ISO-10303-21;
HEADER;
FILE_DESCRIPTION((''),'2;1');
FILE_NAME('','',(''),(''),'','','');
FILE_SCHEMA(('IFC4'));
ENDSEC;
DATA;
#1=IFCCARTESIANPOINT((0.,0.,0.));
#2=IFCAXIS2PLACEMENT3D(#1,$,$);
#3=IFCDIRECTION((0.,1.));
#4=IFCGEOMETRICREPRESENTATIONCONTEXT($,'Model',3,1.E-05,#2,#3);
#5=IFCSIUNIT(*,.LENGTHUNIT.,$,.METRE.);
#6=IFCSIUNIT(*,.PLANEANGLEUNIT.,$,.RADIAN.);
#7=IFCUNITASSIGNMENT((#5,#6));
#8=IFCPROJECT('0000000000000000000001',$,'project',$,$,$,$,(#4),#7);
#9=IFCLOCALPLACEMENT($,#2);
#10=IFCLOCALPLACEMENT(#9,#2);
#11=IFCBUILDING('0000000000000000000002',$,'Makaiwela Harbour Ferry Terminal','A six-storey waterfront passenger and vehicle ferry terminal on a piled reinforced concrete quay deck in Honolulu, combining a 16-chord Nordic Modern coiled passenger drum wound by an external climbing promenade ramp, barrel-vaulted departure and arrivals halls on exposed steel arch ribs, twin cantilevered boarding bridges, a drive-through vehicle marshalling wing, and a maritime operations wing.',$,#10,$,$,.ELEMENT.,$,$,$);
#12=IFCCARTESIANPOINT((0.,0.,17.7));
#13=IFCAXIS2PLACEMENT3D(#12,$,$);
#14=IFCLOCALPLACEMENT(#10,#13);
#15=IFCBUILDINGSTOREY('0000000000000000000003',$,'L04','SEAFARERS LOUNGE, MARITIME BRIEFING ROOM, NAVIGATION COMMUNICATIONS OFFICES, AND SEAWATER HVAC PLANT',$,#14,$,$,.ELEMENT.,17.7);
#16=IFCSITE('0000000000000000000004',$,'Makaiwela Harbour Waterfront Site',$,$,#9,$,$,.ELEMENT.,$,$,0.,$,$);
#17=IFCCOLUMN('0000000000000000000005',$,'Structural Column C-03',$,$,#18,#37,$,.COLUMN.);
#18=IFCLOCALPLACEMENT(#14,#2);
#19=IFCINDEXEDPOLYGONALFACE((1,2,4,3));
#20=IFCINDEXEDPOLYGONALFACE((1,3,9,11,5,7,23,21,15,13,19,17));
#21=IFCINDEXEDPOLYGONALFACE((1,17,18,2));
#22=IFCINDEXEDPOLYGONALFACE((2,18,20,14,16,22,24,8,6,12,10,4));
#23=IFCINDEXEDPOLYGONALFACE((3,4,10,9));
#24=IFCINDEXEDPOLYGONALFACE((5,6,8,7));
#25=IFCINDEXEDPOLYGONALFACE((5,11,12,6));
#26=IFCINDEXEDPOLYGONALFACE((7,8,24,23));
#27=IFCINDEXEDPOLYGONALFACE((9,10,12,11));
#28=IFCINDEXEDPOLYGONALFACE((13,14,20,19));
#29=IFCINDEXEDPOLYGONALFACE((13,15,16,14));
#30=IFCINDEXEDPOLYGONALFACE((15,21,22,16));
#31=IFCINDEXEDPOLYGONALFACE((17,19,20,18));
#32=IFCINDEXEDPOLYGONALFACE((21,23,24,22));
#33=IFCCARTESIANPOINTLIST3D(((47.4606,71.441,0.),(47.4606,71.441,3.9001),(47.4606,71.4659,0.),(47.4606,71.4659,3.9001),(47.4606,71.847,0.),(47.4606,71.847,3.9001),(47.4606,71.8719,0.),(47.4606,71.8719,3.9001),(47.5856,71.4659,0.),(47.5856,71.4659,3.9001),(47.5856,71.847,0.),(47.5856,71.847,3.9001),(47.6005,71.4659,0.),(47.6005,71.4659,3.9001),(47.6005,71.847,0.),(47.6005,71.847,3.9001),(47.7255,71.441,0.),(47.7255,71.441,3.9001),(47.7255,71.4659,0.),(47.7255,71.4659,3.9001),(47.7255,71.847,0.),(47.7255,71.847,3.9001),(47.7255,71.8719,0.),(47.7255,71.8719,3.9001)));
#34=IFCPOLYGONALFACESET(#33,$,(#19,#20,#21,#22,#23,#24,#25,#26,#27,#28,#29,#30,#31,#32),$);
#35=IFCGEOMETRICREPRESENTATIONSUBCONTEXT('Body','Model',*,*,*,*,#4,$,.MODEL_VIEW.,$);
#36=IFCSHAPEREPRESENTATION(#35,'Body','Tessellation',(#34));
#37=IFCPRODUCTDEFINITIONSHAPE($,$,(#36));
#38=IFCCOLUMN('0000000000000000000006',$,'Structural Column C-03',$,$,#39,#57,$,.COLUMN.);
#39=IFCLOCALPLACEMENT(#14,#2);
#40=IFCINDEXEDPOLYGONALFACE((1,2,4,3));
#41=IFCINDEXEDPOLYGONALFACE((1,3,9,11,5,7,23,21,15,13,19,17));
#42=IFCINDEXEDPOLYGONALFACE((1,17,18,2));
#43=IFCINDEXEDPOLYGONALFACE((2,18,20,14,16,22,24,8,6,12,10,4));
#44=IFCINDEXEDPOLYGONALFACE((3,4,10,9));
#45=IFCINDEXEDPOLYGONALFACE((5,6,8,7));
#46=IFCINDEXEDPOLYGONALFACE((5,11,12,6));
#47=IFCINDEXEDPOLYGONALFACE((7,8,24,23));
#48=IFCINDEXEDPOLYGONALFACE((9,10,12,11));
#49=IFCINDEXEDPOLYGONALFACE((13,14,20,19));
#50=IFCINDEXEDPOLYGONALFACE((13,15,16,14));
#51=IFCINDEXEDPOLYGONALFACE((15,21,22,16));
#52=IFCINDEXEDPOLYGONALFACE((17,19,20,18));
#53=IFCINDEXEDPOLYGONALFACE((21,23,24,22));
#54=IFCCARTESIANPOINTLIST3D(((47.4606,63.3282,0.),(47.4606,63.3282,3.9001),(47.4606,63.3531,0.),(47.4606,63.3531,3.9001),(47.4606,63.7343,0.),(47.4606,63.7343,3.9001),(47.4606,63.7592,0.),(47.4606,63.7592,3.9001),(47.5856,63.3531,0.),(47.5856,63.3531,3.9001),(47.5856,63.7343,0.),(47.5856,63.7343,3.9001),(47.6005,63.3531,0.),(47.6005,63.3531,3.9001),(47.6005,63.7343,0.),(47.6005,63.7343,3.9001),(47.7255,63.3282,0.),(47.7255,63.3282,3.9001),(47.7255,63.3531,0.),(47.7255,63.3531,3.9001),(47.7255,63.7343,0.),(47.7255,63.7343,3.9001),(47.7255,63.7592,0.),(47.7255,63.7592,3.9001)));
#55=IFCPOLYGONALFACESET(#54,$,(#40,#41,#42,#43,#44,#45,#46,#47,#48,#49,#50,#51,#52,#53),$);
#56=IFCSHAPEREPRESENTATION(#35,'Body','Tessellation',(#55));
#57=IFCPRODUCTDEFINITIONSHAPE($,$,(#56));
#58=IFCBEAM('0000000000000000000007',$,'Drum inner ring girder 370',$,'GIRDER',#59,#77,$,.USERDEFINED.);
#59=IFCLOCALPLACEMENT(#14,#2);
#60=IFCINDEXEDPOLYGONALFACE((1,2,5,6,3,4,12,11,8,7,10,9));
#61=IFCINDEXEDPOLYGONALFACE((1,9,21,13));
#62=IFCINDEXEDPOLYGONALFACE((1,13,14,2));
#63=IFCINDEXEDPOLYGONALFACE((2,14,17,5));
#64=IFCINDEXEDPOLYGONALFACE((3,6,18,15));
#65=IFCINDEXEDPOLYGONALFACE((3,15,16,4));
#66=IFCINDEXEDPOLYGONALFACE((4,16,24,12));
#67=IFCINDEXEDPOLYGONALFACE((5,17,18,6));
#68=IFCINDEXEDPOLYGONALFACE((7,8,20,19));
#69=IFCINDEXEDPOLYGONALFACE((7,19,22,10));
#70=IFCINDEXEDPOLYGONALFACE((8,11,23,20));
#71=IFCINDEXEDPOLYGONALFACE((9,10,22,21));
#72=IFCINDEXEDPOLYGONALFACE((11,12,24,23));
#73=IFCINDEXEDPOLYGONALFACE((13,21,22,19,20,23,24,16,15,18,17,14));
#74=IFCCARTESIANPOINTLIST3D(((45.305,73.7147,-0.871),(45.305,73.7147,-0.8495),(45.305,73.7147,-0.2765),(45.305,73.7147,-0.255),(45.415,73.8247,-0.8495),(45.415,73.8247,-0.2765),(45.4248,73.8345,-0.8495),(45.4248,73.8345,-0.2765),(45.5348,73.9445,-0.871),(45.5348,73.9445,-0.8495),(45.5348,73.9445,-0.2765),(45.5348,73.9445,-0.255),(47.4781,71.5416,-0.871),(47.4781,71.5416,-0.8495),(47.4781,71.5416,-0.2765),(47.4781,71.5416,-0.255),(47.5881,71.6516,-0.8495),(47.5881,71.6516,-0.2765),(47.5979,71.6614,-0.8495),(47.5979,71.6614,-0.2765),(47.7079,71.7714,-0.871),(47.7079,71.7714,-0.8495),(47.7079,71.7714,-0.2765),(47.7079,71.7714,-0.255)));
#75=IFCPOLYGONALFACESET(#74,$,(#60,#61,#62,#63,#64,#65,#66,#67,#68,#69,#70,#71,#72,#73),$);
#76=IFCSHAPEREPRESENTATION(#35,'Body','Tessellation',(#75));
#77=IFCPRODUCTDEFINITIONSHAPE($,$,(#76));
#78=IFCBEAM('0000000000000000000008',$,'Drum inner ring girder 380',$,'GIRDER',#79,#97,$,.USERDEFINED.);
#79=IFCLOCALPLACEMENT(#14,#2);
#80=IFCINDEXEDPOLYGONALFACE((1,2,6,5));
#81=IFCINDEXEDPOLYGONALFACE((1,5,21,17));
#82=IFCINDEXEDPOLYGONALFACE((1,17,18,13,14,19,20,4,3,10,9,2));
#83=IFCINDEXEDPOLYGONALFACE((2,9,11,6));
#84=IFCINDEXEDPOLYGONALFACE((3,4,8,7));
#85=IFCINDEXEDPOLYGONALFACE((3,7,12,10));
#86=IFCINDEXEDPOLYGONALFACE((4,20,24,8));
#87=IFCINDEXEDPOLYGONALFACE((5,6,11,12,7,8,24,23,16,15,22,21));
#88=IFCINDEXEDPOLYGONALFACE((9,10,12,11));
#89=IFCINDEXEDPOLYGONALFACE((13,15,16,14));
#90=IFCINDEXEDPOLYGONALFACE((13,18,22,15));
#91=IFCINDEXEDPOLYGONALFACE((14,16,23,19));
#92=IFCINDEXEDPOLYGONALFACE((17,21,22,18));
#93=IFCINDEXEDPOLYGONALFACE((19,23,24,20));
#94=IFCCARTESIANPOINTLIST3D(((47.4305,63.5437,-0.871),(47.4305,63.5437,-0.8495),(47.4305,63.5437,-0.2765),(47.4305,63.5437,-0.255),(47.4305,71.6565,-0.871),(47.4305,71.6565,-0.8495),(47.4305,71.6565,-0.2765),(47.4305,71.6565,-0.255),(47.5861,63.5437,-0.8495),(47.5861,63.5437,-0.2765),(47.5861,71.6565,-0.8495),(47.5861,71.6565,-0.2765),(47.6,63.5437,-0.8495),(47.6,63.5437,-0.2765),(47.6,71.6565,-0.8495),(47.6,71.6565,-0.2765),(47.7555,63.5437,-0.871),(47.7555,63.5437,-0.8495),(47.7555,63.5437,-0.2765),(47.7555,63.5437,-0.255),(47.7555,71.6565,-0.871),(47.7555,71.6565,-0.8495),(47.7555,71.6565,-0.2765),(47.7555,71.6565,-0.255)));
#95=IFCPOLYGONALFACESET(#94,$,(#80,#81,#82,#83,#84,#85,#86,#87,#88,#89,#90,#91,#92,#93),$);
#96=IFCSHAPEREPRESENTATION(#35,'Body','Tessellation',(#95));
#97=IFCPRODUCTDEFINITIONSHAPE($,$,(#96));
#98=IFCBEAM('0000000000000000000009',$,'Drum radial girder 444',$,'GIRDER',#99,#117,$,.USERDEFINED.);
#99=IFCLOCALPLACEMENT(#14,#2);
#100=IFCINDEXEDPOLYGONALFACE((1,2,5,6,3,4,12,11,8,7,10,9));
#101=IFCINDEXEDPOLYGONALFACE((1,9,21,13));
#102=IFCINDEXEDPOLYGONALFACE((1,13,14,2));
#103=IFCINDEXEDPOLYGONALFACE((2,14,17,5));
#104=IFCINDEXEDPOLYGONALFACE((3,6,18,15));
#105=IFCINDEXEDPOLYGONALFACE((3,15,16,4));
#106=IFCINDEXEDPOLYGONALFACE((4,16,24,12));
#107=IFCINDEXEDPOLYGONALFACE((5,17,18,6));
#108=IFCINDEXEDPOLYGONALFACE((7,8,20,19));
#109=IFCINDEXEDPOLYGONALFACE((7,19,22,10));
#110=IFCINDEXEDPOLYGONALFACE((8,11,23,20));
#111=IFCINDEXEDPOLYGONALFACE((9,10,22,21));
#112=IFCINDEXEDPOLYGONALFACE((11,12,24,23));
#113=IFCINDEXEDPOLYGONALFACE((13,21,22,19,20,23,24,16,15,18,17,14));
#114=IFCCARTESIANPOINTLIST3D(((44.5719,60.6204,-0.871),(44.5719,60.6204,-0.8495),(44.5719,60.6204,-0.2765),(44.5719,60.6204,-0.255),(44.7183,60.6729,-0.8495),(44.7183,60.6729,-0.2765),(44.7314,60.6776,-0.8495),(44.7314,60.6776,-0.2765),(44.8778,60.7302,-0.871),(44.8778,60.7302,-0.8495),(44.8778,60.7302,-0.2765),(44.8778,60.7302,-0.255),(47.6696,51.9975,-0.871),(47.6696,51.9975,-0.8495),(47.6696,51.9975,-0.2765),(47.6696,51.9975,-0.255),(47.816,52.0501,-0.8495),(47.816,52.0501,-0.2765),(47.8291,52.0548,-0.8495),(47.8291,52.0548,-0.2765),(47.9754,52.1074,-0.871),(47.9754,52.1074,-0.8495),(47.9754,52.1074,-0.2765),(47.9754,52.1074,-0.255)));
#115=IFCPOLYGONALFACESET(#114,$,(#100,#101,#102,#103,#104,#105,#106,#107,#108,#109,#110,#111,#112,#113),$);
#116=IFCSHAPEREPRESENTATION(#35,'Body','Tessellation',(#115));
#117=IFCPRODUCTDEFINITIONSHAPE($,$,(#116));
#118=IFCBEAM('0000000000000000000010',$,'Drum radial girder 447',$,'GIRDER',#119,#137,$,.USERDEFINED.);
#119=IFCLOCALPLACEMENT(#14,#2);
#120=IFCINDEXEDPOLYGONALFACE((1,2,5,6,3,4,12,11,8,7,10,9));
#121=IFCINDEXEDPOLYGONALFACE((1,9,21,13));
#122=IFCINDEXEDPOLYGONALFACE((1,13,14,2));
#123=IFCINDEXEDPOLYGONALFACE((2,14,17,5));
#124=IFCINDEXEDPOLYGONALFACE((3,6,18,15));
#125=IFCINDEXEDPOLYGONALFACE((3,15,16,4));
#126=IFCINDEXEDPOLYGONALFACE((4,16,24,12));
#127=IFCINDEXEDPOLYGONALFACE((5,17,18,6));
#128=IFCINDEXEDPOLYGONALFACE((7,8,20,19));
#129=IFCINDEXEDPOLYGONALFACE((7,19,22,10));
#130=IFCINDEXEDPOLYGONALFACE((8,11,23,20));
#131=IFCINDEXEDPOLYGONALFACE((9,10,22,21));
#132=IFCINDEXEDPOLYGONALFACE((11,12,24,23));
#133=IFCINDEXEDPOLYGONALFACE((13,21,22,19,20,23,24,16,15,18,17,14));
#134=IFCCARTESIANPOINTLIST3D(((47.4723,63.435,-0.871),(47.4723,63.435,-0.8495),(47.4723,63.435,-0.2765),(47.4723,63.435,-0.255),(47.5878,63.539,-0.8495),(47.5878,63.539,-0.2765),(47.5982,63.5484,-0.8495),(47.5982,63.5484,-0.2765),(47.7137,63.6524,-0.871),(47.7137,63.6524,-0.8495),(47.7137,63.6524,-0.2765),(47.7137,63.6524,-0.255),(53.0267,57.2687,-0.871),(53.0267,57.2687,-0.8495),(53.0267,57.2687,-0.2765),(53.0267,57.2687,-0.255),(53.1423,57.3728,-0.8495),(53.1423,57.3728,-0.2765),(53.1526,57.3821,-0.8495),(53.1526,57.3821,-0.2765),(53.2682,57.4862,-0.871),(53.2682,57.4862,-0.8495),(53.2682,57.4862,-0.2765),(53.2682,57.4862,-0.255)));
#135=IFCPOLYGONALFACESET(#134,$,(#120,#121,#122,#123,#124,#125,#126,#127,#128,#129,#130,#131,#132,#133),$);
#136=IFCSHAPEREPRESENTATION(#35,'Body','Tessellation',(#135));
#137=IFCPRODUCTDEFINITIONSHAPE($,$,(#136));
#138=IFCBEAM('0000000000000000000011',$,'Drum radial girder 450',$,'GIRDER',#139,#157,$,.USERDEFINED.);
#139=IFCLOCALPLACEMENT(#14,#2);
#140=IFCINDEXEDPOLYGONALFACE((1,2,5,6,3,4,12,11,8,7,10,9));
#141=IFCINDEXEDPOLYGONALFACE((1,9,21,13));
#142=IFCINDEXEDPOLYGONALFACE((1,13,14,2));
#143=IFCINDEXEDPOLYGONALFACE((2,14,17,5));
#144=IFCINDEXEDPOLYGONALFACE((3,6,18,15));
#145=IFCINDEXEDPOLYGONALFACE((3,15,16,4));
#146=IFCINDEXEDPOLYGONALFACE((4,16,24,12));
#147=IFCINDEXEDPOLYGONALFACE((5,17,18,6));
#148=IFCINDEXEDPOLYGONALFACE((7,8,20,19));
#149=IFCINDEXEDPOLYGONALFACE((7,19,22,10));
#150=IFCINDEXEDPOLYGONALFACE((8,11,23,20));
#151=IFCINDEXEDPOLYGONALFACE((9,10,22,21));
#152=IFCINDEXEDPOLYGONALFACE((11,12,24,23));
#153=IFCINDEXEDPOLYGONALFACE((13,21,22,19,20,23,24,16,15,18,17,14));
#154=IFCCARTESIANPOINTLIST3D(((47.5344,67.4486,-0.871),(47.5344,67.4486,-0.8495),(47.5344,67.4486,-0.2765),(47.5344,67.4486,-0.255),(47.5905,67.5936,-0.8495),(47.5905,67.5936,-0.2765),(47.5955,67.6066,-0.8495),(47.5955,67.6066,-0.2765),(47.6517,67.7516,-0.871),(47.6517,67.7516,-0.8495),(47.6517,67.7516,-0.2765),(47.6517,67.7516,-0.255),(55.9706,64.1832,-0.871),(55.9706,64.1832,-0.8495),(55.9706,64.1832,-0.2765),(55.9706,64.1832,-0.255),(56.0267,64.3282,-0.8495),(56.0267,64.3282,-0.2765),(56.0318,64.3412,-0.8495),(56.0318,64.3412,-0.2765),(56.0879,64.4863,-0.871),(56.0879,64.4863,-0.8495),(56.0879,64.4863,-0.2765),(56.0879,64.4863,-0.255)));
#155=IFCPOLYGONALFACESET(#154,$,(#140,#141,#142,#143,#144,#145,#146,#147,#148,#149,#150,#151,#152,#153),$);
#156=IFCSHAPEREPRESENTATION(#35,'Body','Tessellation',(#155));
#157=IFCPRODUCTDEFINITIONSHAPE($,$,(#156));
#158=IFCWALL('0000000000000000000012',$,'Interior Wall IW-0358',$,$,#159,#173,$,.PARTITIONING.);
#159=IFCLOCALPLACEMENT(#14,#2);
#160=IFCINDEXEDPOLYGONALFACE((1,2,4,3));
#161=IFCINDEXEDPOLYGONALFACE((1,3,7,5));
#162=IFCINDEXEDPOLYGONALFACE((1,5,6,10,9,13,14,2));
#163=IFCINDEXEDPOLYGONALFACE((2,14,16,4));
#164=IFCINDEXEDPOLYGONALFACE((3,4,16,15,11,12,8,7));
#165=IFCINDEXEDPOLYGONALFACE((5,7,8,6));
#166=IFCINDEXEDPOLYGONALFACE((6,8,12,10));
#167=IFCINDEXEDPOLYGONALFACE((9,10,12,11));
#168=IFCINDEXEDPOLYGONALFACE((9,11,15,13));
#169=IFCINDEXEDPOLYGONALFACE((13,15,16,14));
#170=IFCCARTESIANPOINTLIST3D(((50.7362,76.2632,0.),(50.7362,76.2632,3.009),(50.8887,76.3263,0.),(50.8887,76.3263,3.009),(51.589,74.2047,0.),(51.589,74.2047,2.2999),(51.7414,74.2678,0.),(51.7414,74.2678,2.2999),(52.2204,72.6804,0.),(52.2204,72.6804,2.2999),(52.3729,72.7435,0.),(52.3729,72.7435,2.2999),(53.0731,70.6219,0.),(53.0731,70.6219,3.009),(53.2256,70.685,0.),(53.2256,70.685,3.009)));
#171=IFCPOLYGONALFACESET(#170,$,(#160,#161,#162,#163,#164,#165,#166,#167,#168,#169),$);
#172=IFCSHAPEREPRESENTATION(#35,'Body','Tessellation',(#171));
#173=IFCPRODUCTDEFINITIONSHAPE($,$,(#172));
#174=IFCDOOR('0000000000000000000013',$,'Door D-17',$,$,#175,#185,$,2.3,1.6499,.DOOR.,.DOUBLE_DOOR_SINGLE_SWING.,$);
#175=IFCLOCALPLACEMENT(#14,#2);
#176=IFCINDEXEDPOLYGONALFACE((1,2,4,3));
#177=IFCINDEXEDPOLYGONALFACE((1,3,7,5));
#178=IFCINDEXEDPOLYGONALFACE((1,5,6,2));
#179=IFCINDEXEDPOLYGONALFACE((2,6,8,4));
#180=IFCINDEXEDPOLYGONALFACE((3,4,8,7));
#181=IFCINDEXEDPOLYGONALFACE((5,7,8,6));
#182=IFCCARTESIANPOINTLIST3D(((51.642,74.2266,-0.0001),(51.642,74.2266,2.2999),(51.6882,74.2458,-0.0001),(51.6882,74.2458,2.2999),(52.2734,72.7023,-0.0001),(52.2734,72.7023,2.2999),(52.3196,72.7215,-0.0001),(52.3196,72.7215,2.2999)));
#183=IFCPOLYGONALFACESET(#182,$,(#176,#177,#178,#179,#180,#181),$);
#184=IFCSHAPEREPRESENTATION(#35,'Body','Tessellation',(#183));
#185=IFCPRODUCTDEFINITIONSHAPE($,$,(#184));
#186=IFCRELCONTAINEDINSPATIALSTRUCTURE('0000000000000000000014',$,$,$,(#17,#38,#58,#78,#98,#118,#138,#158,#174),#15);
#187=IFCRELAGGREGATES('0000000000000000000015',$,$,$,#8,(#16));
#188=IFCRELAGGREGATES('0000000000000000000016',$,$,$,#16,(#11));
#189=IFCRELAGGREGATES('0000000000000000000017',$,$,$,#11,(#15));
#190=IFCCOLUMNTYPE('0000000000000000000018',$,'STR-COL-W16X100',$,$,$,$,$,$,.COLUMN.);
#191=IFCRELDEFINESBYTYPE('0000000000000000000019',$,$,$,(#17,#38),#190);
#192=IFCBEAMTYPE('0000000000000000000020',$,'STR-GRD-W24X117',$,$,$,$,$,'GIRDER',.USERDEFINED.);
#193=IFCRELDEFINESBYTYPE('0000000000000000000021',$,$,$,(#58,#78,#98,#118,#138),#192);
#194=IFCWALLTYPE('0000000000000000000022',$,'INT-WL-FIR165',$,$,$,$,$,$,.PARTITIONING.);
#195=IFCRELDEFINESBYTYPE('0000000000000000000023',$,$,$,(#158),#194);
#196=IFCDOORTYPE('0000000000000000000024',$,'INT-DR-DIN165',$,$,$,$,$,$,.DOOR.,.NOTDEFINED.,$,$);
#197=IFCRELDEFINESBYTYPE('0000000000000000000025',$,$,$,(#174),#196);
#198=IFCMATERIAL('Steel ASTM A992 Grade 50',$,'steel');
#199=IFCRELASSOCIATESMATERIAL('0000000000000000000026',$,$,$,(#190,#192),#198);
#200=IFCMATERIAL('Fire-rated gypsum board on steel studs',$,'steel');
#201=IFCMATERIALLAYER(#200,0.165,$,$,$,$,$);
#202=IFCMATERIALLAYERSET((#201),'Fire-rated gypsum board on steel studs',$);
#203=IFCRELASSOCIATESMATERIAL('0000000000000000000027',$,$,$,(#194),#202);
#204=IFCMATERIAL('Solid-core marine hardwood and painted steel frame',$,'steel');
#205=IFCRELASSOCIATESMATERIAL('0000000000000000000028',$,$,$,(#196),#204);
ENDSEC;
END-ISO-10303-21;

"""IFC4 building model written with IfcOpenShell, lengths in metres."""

from ifc_helpers import new_model, si_unit, direction, frame, frame_2d, origin, origin_2d, place, context, subcontext, project, spatial, rectangle, i_section, extrude, material, layer, layer_set, material_profile, profile_set, type_object, element, fill, save


model = new_model("IFC4")

# Units and contexts
model_context = context("Model", 3, precision=1e-05, world=origin(), true_north=direction((0.0, 1.0)))
body_context = subcontext(model_context, "Body", "Model", "MODEL_VIEW")
ifc_project = project(units=[si_unit("LENGTHUNIT", "METRE"), si_unit("PLANEANGLEUNIT", "RADIAN")], contexts=[model_context])

# Site, building, storey
site_placement = place(None, origin())
site = spatial("IfcSite", under=ifc_project, at=site_placement, Name="Makaiwela Harbour Waterfront Site", CompositionType="ELEMENT", RefElevation=0.0)
building_placement = place(site_placement, origin())
building = spatial("IfcBuilding", under=site, at=building_placement, Name="Makaiwela Harbour Ferry Terminal", Description="A six-storey waterfront passenger and vehicle ferry terminal on a piled reinforced concrete quay deck in Honolulu, combining a 16-chord Nordic Modern coiled passenger drum wound by an external climbing promenade ramp, barrel-vaulted departure and arrivals halls on exposed steel arch ribs, twin cantilevered boarding bridges, a drive-through vehicle marshalling wing, and a maritime operations wing.", CompositionType="ELEMENT")
storey_placement = place(building_placement, frame((0.0, 0.0, 17.7)))
storey = spatial("IfcBuildingStorey", under=building, at=storey_placement, Name="L04", Description="SEAFARERS LOUNGE, MARITIME BRIEFING ROOM, NAVIGATION COMMUNICATIONS OFFICES, AND SEAWATER HVAC PLANT", CompositionType="ELEMENT", Elevation=17.7)

# Columns
ifc_material_1 = material(Name="Steel ASTM A992 Grade 50", Category="steel")
ifc_material_profile_1 = material_profile(ifc_material_1, i_section(OverallWidth=0.2649, OverallDepth=0.4309, WebThickness=0.0149, FlangeThickness=0.0249, at=origin_2d()), Name="W16X100")
ifc_profile_set_1 = profile_set([ifc_material_profile_1], Name="Steel ASTM A992 Grade 50")
column_type = type_object("IfcColumnType", Name="STR-COL-W16X100", PredefinedType="COLUMN", material=ifc_profile_set_1)
for number, where, z_axis, x_axis, name in (
    (1, (47.593, 71.6565, 0.0), (0.0, 0.0, 1.0), (1.0, 0.0, 0.0), "Structural Column C-03"),
    (2, (47.593, 63.5437, 0.0), (0.0, 0.0, 1.0), (1.0, 0.0, 0.0), "Structural Column C-03"),
):
    element("IfcColumn", number, at=place(storey_placement, frame(where, z_axis=z_axis, x_axis=x_axis)), inside=storey, type_object=column_type, Name=name, PredefinedType="COLUMN", context=body_context, shape_type="SweptSolid", body=[
        extrude(i_section(OverallWidth=0.2649, OverallDepth=0.4309, WebThickness=0.0149, FlangeThickness=0.0249, at=origin_2d()), origin(), (0.0, 0.0, 1.0), 3.9001),
    ])

# Beams
ifc_material_profile_2 = material_profile(ifc_material_1, i_section(OverallWidth=0.325, OverallDepth=0.616, WebThickness=0.0139, FlangeThickness=0.0215, at=origin_2d()), Name="W24X117")
ifc_profile_set_2 = profile_set([ifc_material_profile_2], Name="Steel ASTM A992 Grade 50")
beam_type = type_object("IfcBeamType", Name="STR-GRD-W24X117", ElementType="GIRDER", PredefinedType="USERDEFINED", material=ifc_profile_set_2)
beam_1_placement = place(storey_placement, frame((47.593, 71.6565, -0.563), z_axis=(-0.707107, 0.707107, 0.0), x_axis=(-0.707107, -0.707107, 0.0)))
element("IfcBeam", 3, at=beam_1_placement, inside=storey, type_object=beam_type, Name="Drum inner ring girder 370", ObjectType="GIRDER", PredefinedType="USERDEFINED", context=body_context, shape_type="SweptSolid", body=[
    extrude(i_section(OverallWidth=0.325, OverallDepth=0.616, WebThickness=0.0139, FlangeThickness=0.0215, at=origin_2d()), origin(), (0.0, 0.0, 1.0), 3.0732),
])
beam_2_placement = place(storey_placement, frame((47.593, 63.5437, -0.563), z_axis=(0.0, 1.0, 0.0), x_axis=(-1.0, 0.0, 0.0)))
element("IfcBeam", 4, at=beam_2_placement, inside=storey, type_object=beam_type, Name="Drum inner ring girder 380", ObjectType="GIRDER", PredefinedType="USERDEFINED", context=body_context, shape_type="SweptSolid", body=[
    extrude(i_section(OverallWidth=0.325, OverallDepth=0.616, WebThickness=0.0139, FlangeThickness=0.0215, at=origin_2d()), origin(), (0.0, 0.0, 1.0), 8.1128),
])
beam_3_placement = place(storey_placement, frame((44.7249, 60.6753, -0.563), z_axis=(0.338086, -0.941115, 0.0), x_axis=(0.941115, 0.338086, 0.0)))
element("IfcBeam", 5, at=beam_3_placement, inside=storey, type_object=beam_type, Name="Drum radial girder 444", ObjectType="GIRDER", PredefinedType="USERDEFINED", context=body_context, shape_type="SweptSolid", body=[
    extrude(i_section(OverallWidth=0.325, OverallDepth=0.616, WebThickness=0.0139, FlangeThickness=0.0215, at=origin_2d()), origin(), (0.0, 0.0, 1.0), 9.1624),
])
beam_4_placement = place(storey_placement, frame((47.593, 63.5437, -0.563), z_axis=(0.669285, -0.743006, 0.0), x_axis=(0.743006, 0.669285, 0.0)))
element("IfcBeam", 6, at=beam_4_placement, inside=storey, type_object=beam_type, Name="Drum radial girder 447", ObjectType="GIRDER", PredefinedType="USERDEFINED", context=body_context, shape_type="SweptSolid", body=[
    extrude(i_section(OverallWidth=0.325, OverallDepth=0.616, WebThickness=0.0139, FlangeThickness=0.0215, at=origin_2d()), origin(), (0.0, 0.0, 1.0), 8.2991),
])
beam_5_placement = place(storey_placement, frame((47.593, 67.6001, -0.563), z_axis=(0.932578, -0.360968, 0.0), x_axis=(0.360968, 0.932578, 0.0)))
element("IfcBeam", 7, at=beam_5_placement, inside=storey, type_object=beam_type, Name="Drum radial girder 450", ObjectType="GIRDER", PredefinedType="USERDEFINED", context=body_context, shape_type="SweptSolid", body=[
    extrude(i_section(OverallWidth=0.325, OverallDepth=0.616, WebThickness=0.0139, FlangeThickness=0.0215, at=origin_2d()), origin(), (0.0, 0.0, 1.0), 9.0461),
])

# Wall, opening, door
ifc_material_2 = material(Name="Fire-rated gypsum board on steel studs", Category="steel")
ifc_layer_1 = layer(ifc_material_2, 0.165)
ifc_layer_set_1 = layer_set([ifc_layer_1], Name="Fire-rated gypsum board on steel studs")
wall_type_1 = type_object("IfcWallType", Name="INT-WL-FIR165", PredefinedType="PARTITIONING", material=ifc_layer_set_1)
wall_1_placement = place(storey_placement, frame((53.1494, 70.6533, 0.0), z_axis=(0.0, 0.0, 1.0), x_axis=(-0.38271, 0.923869, 0.0)))
wall_1 = element("IfcWall", 8, at=wall_1_placement, inside=storey, type_object=wall_type_1, Name="Interior Wall IW-0358", PredefinedType="PARTITIONING", context=body_context, shape_type="SweptSolid", body=[
    extrude(rectangle(XDim=6.1062, YDim=0.165, at=frame_2d((3.0532, 0.0))), origin(), (0.0, 0.0, 1.0), 3.009),
])
opening_1_placement = place(wall_1_placement, frame((2.2283, 0.0, 0.0)))
opening_1 = element("IfcOpeningElement", 9, at=opening_1_placement, cuts=wall_1, PredefinedType="OPENING", context=body_context, shape_type="SweptSolid", body=[
    extrude(rectangle(XDim=1.6499, YDim=2.3, at=frame_2d((0.825, 1.1499))), frame((0.0, 0.0925, 0.0), z_axis=(0.0, -1.0, 0.0), x_axis=(1.0, 0.0, 0.0)), (0.0, 0.0, 1.0), 0.1851),
])
ifc_material_3 = material(Name="Solid-core marine hardwood and painted steel frame", Category="steel")
door_type_1 = type_object("IfcDoorType", Name="INT-DR-DIN165", OperationType="NOTDEFINED", PredefinedType="DOOR", material=ifc_material_3)
door_1_placement = place(opening_1_placement, frame((1.6499, 0.0, 0.0), z_axis=(0.0, 0.0, 1.0), x_axis=(-1.0, 0.0, 0.0)))
door_1 = element("IfcDoor", 10, at=door_1_placement, inside=storey, type_object=door_type_1, Name="Door D-17", OperationType="DOUBLE_DOOR_SINGLE_SWING", OverallHeight=2.3, OverallWidth=1.6499, PredefinedType="DOOR", context=body_context, shape_type="SweptSolid", body=[
    extrude(rectangle(XDim=1.6499, YDim=2.3, at=frame_2d((0.825, 1.1499))), frame((0.0, 0.0249, 0.0), z_axis=(0.0, -1.0, 0.0), x_axis=(1.0, 0.0, 0.0)), (0.0, 0.0, 1.0), 0.05),
])
fill(opening_1, door_1)

save(model, "model.ifc")
